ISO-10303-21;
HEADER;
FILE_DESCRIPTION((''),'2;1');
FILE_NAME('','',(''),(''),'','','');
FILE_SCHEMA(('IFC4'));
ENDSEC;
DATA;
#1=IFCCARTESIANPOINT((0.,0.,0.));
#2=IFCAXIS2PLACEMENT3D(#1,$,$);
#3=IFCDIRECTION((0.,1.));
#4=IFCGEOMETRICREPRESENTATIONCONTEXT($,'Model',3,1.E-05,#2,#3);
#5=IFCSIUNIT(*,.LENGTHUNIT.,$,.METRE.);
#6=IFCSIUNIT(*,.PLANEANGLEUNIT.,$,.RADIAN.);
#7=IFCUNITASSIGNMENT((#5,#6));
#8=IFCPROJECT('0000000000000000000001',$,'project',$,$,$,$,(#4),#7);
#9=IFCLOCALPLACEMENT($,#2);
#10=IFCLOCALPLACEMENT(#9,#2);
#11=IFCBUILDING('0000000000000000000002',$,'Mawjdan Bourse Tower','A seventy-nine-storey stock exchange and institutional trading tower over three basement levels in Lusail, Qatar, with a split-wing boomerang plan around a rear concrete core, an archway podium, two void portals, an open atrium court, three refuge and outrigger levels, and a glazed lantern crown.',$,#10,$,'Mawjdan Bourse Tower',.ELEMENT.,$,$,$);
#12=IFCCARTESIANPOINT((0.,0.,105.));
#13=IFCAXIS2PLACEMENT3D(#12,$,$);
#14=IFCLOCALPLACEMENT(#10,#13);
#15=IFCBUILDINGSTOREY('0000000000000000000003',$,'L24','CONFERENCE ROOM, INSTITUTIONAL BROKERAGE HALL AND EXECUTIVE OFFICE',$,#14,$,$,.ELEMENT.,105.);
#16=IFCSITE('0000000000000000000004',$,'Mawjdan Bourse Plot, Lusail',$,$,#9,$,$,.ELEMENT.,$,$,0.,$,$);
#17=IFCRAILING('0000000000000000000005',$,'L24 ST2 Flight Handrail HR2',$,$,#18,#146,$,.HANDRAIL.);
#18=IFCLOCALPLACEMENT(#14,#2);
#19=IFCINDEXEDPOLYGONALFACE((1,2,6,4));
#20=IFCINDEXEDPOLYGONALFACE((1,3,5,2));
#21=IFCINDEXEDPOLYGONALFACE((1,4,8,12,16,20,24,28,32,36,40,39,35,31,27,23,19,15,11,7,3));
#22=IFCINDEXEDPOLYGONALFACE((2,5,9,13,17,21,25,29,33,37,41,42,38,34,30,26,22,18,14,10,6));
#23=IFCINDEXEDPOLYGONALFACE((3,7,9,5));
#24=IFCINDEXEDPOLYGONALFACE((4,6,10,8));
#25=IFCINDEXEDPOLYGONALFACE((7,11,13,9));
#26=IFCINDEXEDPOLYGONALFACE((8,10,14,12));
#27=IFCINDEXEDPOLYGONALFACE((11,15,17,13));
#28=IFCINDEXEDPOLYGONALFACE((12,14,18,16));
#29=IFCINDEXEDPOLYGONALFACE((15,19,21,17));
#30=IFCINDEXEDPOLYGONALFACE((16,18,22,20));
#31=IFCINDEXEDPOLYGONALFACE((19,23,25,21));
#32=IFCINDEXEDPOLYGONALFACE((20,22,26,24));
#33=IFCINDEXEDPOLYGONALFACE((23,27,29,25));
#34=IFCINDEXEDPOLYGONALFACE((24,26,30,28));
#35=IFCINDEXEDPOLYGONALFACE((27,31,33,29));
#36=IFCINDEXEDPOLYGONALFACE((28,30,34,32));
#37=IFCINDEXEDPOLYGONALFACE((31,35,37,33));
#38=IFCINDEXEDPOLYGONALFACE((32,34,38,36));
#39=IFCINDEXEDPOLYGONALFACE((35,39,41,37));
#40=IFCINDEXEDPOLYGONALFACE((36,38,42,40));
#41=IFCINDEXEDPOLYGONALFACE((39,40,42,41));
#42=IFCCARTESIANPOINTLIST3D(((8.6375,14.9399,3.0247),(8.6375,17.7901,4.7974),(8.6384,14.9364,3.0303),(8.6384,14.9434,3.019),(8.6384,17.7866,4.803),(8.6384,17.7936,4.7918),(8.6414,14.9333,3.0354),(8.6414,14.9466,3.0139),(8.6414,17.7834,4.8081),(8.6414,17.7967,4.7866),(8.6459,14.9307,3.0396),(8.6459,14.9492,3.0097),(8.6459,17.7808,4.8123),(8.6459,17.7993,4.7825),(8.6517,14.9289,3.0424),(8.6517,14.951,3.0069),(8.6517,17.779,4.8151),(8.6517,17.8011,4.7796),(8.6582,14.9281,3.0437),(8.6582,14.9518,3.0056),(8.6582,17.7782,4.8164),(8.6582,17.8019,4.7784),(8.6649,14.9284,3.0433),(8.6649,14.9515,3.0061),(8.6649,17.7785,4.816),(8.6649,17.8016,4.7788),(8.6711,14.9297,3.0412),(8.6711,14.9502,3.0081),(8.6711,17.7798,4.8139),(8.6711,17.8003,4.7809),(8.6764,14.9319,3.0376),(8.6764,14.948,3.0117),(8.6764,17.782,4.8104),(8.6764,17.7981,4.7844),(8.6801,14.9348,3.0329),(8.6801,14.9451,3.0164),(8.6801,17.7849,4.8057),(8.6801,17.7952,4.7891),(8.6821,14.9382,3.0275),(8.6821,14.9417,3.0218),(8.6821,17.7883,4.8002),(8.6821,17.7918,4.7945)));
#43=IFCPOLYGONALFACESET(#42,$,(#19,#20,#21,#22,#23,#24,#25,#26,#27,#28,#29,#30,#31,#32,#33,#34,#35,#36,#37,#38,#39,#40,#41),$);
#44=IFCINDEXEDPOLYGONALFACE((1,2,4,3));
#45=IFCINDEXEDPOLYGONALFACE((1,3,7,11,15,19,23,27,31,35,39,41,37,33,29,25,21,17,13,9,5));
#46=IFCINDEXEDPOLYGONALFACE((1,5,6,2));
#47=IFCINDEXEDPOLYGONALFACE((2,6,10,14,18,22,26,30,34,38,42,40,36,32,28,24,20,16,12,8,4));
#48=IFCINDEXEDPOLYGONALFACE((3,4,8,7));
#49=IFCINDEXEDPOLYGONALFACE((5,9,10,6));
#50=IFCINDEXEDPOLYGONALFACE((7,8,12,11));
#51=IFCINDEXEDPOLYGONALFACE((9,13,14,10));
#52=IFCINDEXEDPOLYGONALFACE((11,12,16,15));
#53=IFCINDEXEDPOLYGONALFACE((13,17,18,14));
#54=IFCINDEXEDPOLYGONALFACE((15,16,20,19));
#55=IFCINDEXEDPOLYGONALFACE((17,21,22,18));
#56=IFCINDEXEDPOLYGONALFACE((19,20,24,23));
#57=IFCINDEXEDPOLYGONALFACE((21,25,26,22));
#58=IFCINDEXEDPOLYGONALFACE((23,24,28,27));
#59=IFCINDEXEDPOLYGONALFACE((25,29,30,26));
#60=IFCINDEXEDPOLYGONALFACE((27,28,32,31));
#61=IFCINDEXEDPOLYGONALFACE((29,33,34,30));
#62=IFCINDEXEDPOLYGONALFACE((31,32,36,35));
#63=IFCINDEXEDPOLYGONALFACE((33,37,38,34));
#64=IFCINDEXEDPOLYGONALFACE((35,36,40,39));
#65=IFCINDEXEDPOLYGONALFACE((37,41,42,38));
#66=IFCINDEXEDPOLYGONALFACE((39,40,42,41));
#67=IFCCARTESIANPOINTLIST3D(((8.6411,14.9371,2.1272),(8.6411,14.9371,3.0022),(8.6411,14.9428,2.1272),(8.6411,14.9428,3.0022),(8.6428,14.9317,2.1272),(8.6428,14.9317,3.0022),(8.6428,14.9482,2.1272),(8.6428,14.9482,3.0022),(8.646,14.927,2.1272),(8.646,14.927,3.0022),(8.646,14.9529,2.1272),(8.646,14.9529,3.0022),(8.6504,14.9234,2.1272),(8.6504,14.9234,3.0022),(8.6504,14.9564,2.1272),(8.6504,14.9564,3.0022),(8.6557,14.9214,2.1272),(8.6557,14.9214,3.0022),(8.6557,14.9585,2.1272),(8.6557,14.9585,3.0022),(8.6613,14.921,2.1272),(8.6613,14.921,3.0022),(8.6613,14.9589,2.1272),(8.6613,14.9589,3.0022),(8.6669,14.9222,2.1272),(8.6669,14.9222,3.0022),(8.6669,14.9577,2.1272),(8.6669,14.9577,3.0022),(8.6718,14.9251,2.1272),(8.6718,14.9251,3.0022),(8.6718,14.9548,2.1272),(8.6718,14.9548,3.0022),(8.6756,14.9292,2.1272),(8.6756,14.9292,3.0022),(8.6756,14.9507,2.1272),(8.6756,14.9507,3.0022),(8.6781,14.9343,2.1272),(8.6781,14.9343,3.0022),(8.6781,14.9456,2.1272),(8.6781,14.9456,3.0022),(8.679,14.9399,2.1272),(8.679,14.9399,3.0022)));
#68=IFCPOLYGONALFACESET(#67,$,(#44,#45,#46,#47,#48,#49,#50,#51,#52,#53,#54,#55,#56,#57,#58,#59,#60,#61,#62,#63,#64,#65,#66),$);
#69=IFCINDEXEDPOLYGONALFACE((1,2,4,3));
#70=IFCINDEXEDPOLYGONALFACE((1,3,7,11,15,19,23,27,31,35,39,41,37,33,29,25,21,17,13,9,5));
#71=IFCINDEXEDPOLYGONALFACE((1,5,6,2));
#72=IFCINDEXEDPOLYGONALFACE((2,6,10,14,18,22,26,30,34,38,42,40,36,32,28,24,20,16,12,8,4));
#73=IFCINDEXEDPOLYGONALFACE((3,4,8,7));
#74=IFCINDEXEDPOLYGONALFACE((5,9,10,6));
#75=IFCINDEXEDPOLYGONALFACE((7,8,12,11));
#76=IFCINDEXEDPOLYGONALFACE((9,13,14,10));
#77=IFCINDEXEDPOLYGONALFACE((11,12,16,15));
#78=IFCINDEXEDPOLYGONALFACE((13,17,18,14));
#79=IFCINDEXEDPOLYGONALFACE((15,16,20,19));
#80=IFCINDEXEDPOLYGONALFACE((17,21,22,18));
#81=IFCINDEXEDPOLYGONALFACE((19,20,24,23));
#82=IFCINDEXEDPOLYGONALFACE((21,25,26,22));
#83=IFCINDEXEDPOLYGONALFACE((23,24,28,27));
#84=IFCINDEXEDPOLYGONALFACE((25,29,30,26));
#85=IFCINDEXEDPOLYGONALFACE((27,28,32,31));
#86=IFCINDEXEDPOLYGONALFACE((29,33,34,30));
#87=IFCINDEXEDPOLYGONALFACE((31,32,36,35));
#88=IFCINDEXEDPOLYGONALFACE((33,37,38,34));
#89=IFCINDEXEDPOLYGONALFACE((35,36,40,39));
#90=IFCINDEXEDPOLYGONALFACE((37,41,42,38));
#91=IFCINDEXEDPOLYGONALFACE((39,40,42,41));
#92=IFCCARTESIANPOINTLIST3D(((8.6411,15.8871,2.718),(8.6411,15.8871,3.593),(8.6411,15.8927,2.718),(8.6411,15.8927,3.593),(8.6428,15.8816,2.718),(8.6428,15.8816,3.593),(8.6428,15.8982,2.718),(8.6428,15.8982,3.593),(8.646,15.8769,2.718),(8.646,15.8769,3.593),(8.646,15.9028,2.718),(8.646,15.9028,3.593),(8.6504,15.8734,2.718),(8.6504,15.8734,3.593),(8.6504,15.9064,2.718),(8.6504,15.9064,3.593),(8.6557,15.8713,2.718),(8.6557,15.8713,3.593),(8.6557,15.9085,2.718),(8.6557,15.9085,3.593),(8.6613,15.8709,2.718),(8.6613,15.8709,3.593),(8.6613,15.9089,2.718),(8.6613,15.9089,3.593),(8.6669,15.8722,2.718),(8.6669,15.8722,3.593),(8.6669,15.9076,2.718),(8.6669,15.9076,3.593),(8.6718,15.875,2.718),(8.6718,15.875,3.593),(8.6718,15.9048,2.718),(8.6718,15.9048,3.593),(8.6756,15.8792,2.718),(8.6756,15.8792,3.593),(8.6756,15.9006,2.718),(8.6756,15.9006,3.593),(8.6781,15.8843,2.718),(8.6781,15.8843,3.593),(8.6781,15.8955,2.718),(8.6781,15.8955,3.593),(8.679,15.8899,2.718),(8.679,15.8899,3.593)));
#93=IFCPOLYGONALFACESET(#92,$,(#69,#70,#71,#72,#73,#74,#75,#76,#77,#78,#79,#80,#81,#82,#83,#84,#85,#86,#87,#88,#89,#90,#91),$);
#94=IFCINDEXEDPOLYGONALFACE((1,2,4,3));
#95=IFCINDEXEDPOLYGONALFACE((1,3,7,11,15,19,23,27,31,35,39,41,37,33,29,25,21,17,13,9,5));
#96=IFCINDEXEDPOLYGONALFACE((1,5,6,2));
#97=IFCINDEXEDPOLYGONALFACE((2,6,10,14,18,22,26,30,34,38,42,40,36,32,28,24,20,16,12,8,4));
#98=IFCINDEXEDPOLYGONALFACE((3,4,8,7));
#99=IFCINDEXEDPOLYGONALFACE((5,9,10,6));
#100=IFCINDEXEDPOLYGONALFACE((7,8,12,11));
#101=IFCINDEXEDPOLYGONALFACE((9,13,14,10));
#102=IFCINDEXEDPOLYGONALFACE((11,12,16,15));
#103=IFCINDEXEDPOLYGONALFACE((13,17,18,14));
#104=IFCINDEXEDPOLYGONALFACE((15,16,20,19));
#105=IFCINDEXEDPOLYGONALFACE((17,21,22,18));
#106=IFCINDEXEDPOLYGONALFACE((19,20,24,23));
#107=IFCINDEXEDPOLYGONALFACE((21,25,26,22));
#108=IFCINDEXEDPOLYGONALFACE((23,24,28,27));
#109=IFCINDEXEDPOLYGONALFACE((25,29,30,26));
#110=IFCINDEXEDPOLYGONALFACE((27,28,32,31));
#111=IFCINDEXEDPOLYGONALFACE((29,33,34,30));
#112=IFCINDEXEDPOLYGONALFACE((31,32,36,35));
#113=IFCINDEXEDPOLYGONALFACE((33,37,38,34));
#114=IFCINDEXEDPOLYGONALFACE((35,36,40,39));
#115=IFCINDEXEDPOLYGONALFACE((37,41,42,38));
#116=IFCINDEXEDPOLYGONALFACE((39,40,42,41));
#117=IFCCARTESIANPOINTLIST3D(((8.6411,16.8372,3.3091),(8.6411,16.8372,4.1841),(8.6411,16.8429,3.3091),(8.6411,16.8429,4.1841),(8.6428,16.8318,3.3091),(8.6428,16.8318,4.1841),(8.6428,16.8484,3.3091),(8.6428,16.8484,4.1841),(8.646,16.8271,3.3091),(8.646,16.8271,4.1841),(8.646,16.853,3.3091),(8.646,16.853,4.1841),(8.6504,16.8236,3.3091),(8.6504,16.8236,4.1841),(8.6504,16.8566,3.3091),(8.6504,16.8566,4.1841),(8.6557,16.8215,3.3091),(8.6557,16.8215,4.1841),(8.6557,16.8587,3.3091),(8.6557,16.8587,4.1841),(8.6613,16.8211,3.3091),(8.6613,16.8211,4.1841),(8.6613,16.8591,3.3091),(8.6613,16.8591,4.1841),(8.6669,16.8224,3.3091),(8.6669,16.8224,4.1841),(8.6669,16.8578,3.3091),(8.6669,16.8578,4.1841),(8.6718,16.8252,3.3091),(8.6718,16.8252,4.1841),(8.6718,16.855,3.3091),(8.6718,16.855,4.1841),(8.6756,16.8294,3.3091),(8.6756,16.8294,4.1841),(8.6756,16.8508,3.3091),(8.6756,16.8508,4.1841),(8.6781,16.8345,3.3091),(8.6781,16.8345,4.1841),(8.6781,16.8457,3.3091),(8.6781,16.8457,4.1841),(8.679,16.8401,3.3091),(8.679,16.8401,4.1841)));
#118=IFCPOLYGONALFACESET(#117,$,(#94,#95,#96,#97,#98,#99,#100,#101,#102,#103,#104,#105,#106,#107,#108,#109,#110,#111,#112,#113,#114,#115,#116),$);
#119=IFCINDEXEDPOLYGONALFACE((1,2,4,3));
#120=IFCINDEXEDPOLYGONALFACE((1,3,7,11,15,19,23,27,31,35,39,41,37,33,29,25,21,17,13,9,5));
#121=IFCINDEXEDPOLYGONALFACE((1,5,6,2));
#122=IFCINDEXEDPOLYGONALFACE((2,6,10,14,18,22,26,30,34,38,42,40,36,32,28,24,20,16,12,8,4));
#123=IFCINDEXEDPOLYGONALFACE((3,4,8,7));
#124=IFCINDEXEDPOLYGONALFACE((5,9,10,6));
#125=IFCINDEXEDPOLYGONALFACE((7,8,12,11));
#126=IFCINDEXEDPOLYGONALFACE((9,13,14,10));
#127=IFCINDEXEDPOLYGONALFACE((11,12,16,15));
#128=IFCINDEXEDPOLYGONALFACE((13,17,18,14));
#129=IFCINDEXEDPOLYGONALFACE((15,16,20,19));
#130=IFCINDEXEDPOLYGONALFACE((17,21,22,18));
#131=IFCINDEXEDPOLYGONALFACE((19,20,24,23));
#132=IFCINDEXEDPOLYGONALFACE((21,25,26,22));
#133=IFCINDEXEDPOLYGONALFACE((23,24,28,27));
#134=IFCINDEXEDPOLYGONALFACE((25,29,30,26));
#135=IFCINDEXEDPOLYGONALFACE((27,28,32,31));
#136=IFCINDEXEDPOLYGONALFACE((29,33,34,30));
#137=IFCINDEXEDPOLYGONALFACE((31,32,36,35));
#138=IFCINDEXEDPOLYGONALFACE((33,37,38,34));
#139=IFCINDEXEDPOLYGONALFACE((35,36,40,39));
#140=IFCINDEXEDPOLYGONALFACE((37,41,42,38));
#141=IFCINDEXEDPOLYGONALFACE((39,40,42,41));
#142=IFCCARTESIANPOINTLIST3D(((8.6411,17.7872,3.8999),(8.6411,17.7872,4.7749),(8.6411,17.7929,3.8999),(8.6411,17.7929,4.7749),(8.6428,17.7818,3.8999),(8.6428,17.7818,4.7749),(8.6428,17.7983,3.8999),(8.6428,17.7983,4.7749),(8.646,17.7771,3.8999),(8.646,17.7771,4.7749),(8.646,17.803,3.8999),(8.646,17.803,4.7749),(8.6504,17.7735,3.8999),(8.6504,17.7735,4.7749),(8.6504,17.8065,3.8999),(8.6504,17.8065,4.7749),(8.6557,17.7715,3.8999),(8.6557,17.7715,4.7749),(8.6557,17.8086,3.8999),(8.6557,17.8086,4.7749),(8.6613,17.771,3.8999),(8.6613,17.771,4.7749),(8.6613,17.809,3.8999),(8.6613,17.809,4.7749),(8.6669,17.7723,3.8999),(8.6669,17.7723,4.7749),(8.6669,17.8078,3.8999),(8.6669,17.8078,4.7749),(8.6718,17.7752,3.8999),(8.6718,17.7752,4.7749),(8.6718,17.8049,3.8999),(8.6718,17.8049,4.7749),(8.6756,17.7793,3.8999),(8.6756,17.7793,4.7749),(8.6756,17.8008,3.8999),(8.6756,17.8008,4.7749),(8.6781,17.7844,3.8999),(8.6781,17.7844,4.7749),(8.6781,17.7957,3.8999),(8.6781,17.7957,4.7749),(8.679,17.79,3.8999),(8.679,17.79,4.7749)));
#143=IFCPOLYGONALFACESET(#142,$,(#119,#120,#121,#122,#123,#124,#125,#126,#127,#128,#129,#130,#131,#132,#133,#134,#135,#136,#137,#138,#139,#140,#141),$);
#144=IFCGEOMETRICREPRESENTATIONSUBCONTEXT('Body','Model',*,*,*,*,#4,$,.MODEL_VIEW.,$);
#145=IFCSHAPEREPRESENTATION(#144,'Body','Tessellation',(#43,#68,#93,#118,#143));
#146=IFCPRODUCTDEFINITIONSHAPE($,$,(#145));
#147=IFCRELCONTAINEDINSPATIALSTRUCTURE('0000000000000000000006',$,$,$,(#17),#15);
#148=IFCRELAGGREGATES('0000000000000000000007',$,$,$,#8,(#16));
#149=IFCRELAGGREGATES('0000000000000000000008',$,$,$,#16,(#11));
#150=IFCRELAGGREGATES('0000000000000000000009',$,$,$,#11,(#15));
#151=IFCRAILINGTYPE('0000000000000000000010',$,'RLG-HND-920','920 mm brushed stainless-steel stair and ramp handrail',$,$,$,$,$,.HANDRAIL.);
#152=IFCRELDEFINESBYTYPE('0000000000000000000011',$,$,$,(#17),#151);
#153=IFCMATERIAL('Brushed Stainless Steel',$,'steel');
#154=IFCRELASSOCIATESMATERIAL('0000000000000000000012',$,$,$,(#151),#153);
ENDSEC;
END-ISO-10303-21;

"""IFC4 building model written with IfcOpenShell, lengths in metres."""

from ifc_helpers import new_model, si_unit, direction, frame, origin, origin_2d, place, context, subcontext, project, spatial, circle, extrude, material, type_object, element, save


model = new_model("IFC4")

# Units and contexts
model_context = context("Model", 3, precision=1e-05, world=origin(), true_north=direction((0.0, 1.0)))
body_context = subcontext(model_context, "Body", "Model", "MODEL_VIEW")
ifc_project = project(units=[si_unit("LENGTHUNIT", "METRE"), si_unit("PLANEANGLEUNIT", "RADIAN")], contexts=[model_context])

# Site, building, storey
site_placement = place(None, origin())
site = spatial("IfcSite", under=ifc_project, at=site_placement, Name="Mawjdan Bourse Plot, Lusail", CompositionType="ELEMENT", RefElevation=0.0)
building_placement = place(site_placement, origin())
building = spatial("IfcBuilding", under=site, at=building_placement, Name="Mawjdan Bourse Tower", Description="A seventy-nine-storey stock exchange and institutional trading tower over three basement levels in Lusail, Qatar, with a split-wing boomerang plan around a rear concrete core, an archway podium, two void portals, an open atrium court, three refuge and outrigger levels, and a glazed lantern crown.", LongName="Mawjdan Bourse Tower", CompositionType="ELEMENT")
storey_placement = place(building_placement, frame((0.0, 0.0, 105.0)))
storey = spatial("IfcBuildingStorey", under=building, at=storey_placement, Name="L24", Description="CONFERENCE ROOM, INSTITUTIONAL BROKERAGE HALL AND EXECUTIVE OFFICE", CompositionType="ELEMENT", Elevation=105.0)

# Shared definitions
ifc_material_1 = material(Name="Brushed Stainless Steel", Category="steel")

# Railing
railing_type_1 = type_object("IfcRailingType", Name="RLG-HND-920", Description="920 mm brushed stainless-steel stair and ramp handrail", PredefinedType="HANDRAIL", material=ifc_material_1)
railing_placement = place(storey_placement, frame((8.6599, 14.9399, 2.1272)))
element("IfcRailing", 1, at=railing_placement, inside=storey, type_object=railing_type_1, Name="L24 ST2 Flight Handrail HR2", PredefinedType="HANDRAIL", context=body_context, shape_type="SweptSolid", body=[
    extrude(circle(Radius=0.0225, at=origin_2d()), frame((0.0, 0.0, 0.8975), z_axis=(0.0, 0.849149, 0.528154), x_axis=(-1.0, 0.0, 0.0)), (0.0, 0.0, 1.0), 3.3564),
    extrude(circle(Radius=0.019, at=origin_2d()), origin(), (0.0, 0.0, 1.0), 0.875),
    extrude(circle(Radius=0.019, at=origin_2d()), frame((0.0, 0.95, 0.5908)), (0.0, 0.0, 1.0), 0.875),
    extrude(circle(Radius=0.019, at=origin_2d()), frame((0.0, 1.9001, 1.1819)), (0.0, 0.0, 1.0), 0.875),
    extrude(circle(Radius=0.019, at=origin_2d()), frame((0.0, 2.8501, 1.7727)), (0.0, 0.0, 1.0), 0.875),
])

save(model, "model.ifc")
